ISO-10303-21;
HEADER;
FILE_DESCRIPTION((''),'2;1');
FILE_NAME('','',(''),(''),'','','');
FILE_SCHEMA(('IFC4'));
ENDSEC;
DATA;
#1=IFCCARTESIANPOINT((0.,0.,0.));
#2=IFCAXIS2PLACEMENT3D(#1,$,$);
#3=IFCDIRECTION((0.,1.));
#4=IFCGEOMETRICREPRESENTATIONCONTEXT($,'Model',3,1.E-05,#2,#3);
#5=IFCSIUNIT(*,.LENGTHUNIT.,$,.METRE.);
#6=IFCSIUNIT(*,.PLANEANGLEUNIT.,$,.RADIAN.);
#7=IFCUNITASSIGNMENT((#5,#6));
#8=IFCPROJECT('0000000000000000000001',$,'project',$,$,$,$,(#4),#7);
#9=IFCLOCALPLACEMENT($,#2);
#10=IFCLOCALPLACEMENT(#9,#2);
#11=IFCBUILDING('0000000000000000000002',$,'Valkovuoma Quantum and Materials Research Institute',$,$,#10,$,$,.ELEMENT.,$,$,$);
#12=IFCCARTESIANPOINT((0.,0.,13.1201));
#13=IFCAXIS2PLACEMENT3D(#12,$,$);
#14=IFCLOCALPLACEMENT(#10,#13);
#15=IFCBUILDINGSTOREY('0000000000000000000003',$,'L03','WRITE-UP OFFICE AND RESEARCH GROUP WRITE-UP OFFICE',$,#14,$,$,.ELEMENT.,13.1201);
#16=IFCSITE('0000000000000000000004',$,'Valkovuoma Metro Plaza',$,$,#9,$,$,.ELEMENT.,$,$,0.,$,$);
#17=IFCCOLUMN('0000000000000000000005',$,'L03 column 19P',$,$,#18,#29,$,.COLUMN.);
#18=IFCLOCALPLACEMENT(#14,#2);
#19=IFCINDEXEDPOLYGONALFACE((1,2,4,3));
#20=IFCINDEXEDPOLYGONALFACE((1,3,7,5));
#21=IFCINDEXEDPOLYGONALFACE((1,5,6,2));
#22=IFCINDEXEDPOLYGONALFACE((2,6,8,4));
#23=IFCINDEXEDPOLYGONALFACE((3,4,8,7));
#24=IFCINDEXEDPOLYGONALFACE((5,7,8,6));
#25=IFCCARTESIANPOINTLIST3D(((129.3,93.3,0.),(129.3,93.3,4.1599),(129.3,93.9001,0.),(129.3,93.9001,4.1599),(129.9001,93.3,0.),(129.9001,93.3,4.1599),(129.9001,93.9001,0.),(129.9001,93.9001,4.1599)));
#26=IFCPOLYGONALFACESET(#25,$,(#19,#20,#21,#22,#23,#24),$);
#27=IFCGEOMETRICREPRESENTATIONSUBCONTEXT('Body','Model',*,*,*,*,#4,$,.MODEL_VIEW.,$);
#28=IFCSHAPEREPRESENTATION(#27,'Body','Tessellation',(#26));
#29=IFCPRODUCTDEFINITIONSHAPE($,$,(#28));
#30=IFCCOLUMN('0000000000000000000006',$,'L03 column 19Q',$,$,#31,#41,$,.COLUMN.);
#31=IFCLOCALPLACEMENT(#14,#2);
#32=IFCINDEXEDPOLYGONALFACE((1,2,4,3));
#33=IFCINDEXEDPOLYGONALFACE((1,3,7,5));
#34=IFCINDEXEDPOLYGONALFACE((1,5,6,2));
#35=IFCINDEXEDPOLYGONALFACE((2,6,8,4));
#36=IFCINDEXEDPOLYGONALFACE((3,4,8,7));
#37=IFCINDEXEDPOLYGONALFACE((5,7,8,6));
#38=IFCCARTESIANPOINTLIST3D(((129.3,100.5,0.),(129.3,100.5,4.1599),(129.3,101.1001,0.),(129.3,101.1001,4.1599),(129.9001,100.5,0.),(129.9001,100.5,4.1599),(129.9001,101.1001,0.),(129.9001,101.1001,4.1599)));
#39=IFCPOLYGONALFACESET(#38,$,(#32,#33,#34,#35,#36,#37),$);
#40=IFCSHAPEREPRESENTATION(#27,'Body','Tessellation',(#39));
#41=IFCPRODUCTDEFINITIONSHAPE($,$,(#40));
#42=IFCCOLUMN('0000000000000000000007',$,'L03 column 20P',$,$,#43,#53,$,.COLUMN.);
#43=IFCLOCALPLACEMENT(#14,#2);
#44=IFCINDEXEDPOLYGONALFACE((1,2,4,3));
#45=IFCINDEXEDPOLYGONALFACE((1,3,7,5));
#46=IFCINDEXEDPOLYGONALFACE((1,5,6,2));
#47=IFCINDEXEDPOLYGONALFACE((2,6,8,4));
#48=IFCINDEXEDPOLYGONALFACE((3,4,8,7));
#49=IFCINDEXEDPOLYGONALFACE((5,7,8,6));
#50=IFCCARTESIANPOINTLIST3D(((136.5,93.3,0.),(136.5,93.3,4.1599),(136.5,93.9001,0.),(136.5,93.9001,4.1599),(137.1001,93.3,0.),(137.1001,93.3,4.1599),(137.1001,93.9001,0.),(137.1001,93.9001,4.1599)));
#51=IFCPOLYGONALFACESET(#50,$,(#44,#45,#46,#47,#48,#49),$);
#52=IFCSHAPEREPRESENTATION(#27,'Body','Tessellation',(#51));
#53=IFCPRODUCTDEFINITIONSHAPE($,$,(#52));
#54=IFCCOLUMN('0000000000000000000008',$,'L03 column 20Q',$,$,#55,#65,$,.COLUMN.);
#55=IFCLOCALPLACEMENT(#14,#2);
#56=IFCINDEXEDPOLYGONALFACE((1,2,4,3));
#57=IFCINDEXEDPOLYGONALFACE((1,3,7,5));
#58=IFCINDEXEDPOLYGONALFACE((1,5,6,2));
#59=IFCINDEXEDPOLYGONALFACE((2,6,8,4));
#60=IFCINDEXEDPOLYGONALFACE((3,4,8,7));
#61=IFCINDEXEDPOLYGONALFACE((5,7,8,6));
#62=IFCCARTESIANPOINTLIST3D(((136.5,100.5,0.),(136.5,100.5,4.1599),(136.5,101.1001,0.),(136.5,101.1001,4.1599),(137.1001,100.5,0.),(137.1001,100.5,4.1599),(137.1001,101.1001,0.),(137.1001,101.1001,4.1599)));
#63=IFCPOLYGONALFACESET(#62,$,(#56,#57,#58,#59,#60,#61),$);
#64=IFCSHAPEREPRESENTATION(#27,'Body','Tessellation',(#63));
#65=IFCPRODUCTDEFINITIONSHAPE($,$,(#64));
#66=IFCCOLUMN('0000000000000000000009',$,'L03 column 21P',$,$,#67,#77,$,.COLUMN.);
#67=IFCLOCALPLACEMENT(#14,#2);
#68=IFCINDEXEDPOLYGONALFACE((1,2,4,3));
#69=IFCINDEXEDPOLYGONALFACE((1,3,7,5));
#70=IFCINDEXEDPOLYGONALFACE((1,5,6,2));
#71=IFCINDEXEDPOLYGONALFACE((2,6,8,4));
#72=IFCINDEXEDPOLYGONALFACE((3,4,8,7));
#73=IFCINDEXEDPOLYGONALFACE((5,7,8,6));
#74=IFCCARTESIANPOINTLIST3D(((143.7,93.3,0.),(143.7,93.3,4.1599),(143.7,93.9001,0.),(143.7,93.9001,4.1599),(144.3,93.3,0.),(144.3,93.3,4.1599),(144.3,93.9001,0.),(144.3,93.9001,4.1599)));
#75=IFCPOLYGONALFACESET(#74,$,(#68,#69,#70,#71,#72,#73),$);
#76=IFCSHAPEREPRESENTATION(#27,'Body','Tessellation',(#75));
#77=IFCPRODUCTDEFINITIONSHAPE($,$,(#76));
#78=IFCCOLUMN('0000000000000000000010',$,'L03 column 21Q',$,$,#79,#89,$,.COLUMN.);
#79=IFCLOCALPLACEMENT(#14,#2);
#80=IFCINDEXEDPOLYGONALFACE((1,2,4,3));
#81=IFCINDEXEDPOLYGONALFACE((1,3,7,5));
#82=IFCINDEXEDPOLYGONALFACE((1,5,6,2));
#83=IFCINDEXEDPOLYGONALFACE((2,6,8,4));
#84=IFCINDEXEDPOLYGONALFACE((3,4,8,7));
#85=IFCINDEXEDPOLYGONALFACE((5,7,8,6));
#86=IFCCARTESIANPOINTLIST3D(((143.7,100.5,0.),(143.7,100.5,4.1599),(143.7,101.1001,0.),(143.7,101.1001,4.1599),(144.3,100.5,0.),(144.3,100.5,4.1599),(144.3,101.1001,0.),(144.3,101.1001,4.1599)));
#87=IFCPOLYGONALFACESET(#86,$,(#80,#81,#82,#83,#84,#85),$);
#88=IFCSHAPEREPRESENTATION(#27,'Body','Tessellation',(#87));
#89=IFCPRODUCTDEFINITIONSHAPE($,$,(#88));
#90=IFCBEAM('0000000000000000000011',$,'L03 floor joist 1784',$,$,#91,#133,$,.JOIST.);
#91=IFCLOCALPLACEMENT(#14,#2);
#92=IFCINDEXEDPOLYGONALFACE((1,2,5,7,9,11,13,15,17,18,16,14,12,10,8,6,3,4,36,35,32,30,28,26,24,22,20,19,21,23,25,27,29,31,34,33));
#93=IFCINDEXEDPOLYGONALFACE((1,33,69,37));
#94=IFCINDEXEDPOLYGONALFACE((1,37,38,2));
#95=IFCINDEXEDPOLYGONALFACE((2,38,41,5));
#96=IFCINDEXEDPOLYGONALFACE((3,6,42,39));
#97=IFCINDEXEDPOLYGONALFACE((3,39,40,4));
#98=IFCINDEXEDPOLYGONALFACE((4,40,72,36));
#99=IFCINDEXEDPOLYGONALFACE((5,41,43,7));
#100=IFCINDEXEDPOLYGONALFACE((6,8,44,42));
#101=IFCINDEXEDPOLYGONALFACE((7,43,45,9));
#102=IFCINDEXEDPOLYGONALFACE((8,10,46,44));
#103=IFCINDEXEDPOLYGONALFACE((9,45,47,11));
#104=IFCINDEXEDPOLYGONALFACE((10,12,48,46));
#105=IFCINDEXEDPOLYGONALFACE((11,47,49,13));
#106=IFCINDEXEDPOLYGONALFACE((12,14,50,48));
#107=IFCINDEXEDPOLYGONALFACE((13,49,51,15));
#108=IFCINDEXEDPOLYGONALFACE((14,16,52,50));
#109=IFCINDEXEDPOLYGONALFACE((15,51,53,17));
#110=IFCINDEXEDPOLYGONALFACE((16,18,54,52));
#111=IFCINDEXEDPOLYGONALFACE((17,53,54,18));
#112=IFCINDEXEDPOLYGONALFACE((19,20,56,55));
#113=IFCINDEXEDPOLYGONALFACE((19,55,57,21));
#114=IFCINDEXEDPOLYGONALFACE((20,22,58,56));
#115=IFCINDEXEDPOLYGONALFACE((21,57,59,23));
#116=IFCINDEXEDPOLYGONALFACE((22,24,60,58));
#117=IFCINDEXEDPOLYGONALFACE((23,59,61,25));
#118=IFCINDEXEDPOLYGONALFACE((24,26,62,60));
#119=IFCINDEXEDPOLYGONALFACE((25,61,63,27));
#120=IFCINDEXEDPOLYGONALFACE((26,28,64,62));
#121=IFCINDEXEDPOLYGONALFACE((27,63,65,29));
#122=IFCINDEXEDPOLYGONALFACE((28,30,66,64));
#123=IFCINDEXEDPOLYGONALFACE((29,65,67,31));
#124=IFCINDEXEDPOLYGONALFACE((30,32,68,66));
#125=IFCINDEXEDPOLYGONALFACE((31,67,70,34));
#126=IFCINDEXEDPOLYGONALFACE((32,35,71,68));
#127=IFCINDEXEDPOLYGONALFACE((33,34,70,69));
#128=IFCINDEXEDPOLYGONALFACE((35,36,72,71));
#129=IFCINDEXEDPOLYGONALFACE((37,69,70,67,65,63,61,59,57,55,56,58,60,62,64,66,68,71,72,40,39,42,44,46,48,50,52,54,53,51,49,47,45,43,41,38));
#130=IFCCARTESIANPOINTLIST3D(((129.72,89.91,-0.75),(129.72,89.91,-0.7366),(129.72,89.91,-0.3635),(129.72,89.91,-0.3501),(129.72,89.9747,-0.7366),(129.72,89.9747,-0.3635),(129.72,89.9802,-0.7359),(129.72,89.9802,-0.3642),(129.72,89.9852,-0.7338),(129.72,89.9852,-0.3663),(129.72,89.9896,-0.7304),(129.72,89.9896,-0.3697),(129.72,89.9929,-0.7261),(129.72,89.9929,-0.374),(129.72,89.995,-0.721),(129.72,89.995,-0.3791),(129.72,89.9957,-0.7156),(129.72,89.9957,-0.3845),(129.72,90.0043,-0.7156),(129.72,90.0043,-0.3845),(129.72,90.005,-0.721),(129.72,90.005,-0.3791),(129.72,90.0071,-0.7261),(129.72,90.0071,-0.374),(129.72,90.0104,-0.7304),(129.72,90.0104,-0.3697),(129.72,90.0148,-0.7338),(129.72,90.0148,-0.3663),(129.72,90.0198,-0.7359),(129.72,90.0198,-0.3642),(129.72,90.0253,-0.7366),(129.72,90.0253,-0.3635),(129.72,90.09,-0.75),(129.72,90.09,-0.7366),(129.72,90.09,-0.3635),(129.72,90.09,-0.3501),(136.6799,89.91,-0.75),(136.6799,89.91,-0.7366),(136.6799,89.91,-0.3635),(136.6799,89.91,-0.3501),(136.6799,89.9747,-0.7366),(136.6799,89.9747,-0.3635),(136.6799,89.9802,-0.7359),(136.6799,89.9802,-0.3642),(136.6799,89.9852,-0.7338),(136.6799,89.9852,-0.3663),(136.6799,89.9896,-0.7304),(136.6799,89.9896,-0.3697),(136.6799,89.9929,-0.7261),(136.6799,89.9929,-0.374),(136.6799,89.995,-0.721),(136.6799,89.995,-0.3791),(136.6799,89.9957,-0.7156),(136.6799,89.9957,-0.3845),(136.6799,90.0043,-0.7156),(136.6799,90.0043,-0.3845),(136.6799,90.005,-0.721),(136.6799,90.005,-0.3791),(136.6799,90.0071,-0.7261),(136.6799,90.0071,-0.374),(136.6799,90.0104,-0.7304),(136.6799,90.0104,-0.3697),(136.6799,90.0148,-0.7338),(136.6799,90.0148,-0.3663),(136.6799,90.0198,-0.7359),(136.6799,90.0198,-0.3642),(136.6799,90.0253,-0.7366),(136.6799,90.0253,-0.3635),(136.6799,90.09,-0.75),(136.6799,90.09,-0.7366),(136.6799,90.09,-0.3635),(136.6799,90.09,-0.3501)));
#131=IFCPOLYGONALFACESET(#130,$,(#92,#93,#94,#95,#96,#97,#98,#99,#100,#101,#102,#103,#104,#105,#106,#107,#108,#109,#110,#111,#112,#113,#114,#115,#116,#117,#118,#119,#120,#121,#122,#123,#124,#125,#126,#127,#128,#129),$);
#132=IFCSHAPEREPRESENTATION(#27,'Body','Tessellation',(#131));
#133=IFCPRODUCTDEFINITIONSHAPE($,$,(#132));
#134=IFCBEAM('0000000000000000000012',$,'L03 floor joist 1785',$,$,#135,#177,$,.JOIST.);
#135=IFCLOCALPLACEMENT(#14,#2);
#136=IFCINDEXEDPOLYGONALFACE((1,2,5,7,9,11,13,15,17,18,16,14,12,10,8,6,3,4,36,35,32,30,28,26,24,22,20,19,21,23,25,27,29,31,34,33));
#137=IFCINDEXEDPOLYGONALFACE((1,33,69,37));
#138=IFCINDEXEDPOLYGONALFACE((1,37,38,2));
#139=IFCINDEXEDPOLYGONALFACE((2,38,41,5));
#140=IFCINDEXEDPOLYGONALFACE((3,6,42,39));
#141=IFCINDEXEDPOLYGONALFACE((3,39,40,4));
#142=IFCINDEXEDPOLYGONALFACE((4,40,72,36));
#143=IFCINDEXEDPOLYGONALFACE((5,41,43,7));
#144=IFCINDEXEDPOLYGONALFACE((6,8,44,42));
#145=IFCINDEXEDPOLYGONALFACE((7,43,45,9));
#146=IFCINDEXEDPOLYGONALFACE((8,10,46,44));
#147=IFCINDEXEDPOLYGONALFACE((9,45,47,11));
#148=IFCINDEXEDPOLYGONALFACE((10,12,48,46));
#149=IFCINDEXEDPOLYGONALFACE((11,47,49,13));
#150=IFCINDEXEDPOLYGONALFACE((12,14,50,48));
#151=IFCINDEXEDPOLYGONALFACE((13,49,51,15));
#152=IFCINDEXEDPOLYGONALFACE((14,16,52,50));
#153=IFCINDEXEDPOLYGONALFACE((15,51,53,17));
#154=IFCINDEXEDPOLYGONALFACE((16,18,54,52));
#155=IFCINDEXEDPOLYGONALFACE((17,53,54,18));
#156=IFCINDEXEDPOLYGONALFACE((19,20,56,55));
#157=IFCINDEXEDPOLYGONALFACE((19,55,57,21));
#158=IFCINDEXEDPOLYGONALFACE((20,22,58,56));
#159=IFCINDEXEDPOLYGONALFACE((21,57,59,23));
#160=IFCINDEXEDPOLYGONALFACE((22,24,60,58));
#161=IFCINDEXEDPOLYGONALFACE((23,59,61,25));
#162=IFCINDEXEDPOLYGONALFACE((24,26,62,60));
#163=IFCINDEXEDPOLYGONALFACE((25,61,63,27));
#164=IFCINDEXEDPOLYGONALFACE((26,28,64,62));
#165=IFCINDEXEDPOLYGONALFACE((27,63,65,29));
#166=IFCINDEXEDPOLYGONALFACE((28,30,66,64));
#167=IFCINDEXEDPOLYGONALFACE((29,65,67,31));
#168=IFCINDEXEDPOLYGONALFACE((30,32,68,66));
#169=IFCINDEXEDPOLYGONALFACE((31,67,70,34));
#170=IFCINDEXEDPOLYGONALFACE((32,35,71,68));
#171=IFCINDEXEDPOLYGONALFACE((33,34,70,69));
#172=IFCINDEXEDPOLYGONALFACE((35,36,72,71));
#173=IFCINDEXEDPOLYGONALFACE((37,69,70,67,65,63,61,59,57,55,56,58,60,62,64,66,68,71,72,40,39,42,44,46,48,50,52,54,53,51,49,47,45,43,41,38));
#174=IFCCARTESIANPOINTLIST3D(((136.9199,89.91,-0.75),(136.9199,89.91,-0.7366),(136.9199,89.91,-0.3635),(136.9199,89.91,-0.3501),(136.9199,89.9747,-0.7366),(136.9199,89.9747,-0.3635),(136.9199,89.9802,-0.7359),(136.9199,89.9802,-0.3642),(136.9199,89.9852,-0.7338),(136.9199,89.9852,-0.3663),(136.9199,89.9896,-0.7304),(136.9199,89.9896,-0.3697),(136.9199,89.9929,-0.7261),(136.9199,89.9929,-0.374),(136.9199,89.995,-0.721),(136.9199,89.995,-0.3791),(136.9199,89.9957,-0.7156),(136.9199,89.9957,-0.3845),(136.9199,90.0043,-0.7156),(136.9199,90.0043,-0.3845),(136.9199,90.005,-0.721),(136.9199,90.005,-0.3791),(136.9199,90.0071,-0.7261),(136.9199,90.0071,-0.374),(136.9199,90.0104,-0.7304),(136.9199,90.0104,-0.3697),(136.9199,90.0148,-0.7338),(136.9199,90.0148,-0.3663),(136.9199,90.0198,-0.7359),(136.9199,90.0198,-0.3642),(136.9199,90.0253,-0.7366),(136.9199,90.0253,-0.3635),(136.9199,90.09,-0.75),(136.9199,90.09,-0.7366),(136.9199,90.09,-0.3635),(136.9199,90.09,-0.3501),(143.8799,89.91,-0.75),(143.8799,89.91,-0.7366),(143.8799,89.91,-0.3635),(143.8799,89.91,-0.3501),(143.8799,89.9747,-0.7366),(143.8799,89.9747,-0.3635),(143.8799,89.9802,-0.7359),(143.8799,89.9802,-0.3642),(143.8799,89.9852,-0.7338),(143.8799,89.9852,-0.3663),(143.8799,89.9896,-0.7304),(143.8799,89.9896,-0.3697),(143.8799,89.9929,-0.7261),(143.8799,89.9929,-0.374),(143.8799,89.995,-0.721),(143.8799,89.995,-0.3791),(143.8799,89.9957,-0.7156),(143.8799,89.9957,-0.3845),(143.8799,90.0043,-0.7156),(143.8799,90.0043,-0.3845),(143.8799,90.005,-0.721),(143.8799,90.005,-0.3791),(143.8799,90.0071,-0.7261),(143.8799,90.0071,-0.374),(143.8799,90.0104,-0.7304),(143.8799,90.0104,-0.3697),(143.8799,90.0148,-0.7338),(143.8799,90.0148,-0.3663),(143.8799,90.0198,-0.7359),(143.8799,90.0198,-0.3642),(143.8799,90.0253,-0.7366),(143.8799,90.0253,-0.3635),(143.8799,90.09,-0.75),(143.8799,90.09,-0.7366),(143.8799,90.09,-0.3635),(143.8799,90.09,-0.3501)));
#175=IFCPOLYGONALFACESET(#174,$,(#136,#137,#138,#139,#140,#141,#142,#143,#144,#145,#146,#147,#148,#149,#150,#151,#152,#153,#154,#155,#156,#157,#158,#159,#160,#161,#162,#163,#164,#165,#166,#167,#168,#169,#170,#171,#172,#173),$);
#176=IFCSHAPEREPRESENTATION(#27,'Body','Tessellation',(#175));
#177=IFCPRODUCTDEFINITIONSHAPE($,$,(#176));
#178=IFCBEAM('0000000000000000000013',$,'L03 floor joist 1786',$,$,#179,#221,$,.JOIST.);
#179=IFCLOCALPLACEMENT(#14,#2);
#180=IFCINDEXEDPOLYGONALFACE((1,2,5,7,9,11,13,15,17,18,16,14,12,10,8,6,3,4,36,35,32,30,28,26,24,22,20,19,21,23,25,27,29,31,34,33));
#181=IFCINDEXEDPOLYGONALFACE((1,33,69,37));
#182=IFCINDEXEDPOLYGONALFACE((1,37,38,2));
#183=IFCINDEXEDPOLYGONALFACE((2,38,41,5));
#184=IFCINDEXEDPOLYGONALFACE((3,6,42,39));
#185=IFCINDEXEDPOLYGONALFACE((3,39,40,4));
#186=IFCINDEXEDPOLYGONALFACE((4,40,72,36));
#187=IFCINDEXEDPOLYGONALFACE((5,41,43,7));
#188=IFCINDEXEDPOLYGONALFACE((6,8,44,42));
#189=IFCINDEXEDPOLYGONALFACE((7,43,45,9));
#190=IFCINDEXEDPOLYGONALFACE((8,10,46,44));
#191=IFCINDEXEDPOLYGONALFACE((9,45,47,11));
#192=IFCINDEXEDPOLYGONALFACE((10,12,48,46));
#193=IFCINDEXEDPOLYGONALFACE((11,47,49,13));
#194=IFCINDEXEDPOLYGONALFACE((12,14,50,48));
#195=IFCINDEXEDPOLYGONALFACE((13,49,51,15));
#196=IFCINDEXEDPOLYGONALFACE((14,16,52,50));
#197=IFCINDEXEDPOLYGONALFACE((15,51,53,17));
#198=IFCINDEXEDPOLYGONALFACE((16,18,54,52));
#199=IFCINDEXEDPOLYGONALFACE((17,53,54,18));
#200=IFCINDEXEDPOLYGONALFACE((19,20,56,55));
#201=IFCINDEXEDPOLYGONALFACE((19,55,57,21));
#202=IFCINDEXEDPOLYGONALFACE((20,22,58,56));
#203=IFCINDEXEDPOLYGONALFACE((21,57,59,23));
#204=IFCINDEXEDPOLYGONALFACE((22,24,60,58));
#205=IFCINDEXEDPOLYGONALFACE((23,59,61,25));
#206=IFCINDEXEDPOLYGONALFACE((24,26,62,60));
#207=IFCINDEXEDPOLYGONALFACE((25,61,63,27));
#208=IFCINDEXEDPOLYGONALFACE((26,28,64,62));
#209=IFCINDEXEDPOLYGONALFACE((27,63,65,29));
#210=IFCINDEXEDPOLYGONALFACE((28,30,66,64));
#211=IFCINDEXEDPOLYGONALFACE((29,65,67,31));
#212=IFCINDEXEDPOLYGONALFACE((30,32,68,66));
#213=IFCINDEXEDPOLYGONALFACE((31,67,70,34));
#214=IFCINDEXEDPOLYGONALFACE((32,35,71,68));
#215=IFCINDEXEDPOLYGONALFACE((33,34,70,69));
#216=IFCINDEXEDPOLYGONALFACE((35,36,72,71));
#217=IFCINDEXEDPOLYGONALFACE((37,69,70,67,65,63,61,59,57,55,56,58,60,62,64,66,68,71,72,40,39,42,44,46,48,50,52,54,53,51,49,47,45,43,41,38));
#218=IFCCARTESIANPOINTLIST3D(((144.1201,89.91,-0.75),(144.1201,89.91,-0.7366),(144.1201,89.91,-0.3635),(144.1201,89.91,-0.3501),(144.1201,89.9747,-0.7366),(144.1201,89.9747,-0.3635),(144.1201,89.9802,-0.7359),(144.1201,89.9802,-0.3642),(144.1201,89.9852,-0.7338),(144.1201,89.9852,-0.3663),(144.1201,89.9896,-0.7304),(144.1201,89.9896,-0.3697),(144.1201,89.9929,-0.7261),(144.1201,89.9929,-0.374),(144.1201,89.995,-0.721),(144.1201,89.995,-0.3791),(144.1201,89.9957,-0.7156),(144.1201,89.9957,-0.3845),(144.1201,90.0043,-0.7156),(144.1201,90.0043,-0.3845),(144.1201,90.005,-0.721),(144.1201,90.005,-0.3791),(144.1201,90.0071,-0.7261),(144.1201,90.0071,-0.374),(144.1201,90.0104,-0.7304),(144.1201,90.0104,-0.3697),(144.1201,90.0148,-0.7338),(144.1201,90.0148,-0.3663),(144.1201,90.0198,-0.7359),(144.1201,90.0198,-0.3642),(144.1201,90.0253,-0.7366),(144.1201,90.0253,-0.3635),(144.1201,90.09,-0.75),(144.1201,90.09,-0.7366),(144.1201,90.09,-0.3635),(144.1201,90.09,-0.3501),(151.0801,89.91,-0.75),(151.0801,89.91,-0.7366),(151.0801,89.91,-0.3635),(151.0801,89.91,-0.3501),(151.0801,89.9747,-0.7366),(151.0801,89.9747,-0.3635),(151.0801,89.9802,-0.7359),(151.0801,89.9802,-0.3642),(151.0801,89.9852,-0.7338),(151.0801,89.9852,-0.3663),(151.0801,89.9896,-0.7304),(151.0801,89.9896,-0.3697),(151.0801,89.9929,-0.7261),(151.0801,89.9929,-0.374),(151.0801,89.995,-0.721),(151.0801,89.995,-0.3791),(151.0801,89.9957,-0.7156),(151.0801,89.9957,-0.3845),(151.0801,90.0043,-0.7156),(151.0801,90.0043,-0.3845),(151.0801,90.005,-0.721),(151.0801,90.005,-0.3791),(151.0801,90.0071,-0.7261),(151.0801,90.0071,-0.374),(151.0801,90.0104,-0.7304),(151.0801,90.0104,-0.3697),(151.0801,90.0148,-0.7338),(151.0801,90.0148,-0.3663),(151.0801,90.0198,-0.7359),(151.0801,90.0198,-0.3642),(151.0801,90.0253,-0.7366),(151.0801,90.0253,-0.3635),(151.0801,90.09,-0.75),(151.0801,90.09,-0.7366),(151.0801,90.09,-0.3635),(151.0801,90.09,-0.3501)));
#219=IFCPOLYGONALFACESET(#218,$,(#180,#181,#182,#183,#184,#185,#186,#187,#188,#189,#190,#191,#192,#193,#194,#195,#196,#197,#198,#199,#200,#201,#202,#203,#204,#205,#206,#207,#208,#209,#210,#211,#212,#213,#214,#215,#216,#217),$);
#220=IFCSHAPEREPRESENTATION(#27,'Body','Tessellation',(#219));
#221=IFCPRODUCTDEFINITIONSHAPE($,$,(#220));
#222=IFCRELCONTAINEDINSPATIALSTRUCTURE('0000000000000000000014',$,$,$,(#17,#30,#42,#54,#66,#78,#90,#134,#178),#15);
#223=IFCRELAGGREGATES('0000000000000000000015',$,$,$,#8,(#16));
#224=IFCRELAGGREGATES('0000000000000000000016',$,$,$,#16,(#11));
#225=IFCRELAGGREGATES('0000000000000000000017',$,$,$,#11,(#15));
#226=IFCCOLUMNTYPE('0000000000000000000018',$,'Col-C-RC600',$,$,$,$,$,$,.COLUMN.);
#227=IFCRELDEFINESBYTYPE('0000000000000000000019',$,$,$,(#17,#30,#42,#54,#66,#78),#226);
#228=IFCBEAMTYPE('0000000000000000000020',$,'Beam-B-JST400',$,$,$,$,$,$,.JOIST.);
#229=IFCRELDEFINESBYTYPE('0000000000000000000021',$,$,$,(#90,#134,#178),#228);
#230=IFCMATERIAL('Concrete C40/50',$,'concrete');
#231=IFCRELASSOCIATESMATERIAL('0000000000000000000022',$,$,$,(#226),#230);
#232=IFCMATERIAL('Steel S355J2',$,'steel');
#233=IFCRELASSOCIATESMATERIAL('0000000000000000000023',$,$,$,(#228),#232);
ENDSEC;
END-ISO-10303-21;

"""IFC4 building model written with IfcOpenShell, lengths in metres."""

from ifc_helpers import new_model, si_unit, direction, frame, origin, origin_2d, place, context, subcontext, project, spatial, rectangle, i_section, extrude, material, material_profile, profile_set, type_object, element, save


model = new_model("IFC4")

# Units and contexts
model_context = context("Model", 3, precision=1e-05, world=origin(), true_north=direction((0.0, 1.0)))
body_context = subcontext(model_context, "Body", "Model", "MODEL_VIEW")
ifc_project = project(units=[si_unit("LENGTHUNIT", "METRE"), si_unit("PLANEANGLEUNIT", "RADIAN")], contexts=[model_context])

# Site, building, storey
site_placement = place(None, origin())
site = spatial("IfcSite", under=ifc_project, at=site_placement, Name="Valkovuoma Metro Plaza", CompositionType="ELEMENT", RefElevation=0.0)
building_placement = place(site_placement, origin())
building = spatial("IfcBuilding", under=site, at=building_placement, Name="Valkovuoma Quantum and Materials Research Institute", CompositionType="ELEMENT")
storey_placement = place(building_placement, frame((0.0, 0.0, 13.1201)))
storey = spatial("IfcBuildingStorey", under=building, at=storey_placement, Name="L03", Description="WRITE-UP OFFICE AND RESEARCH GROUP WRITE-UP OFFICE", CompositionType="ELEMENT", Elevation=13.1201)

# Columns
ifc_material_1 = material(Name="Concrete C40/50", Category="concrete")
ifc_material_profile_1 = material_profile(ifc_material_1, rectangle(XDim=0.6001, YDim=0.6001, at=origin_2d()), Name="Concrete C40/50")
ifc_profile_set_1 = profile_set([ifc_material_profile_1], Name="Concrete C40/50")
column_type = type_object("IfcColumnType", Name="Col-C-RC600", PredefinedType="COLUMN", material=ifc_profile_set_1)
for number, where, z_axis, x_axis, name in (
    (1, (129.6001, 93.6001, 0.0), (0.0, 0.0, 1.0), (1.0, 0.0, 0.0), "L03 column 19P"),
    (2, (129.6001, 100.8, 0.0), (0.0, 0.0, 1.0), (1.0, 0.0, 0.0), "L03 column 19Q"),
    (3, (136.8, 93.6001, 0.0), (0.0, 0.0, 1.0), (1.0, 0.0, 0.0), "L03 column 20P"),
    (4, (136.8, 100.8, 0.0), (0.0, 0.0, 1.0), (1.0, 0.0, 0.0), "L03 column 20Q"),
    (5, (144.0, 93.6001, 0.0), (0.0, 0.0, 1.0), (1.0, 0.0, 0.0), "L03 column 21P"),
    (6, (144.0, 100.8, 0.0), (0.0, 0.0, 1.0), (1.0, 0.0, 0.0), "L03 column 21Q"),
):
    element("IfcColumn", number, at=place(storey_placement, frame(where, z_axis=z_axis, x_axis=x_axis)), inside=storey, type_object=column_type, Name=name, PredefinedType="COLUMN", context=body_context, shape_type="SweptSolid", body=[
        extrude(rectangle(XDim=0.6001, YDim=0.6001, at=origin_2d()), origin(), (0.0, 0.0, 1.0), 4.1599),
    ])

# Beams
ifc_material_2 = material(Name="Steel S355J2", Category="steel")
ifc_material_profile_2 = material_profile(ifc_material_2, i_section(OverallWidth=0.1799, OverallDepth=0.3999, WebThickness=0.0085, FlangeThickness=0.0134, FilletRadius=0.021, at=origin_2d()), Name="Steel S355J2")
ifc_profile_set_2 = profile_set([ifc_material_profile_2], Name="Steel S355J2")
beam_type_1 = type_object("IfcBeamType", Name="Beam-B-JST400", PredefinedType="JOIST", material=ifc_profile_set_2)
for number, where, z_axis, x_axis, name in (
    (7, (129.72, 90.0, -0.55), (1.0, 0.0, 0.0), (0.0, 1.0, 0.0), "L03 floor joist 1784"),
    (8, (136.9199, 90.0, -0.55), (1.0, 0.0, 0.0), (0.0, 1.0, 0.0), "L03 floor joist 1785"),
    (9, (144.1201, 90.0, -0.55), (1.0, 0.0, 0.0), (0.0, 1.0, 0.0), "L03 floor joist 1786"),
):
    element("IfcBeam", number, at=place(storey_placement, frame(where, z_axis=z_axis, x_axis=x_axis)), inside=storey, type_object=beam_type_1, Name=name, PredefinedType="JOIST", context=body_context, shape_type="SweptSolid", body=[
        extrude(i_section(OverallWidth=0.1799, OverallDepth=0.3999, WebThickness=0.0085, FlangeThickness=0.0134, FilletRadius=0.021, at=origin_2d()), origin(), (0.0, 0.0, 1.0), 6.96),
    ])

save(model, "model.ifc")
